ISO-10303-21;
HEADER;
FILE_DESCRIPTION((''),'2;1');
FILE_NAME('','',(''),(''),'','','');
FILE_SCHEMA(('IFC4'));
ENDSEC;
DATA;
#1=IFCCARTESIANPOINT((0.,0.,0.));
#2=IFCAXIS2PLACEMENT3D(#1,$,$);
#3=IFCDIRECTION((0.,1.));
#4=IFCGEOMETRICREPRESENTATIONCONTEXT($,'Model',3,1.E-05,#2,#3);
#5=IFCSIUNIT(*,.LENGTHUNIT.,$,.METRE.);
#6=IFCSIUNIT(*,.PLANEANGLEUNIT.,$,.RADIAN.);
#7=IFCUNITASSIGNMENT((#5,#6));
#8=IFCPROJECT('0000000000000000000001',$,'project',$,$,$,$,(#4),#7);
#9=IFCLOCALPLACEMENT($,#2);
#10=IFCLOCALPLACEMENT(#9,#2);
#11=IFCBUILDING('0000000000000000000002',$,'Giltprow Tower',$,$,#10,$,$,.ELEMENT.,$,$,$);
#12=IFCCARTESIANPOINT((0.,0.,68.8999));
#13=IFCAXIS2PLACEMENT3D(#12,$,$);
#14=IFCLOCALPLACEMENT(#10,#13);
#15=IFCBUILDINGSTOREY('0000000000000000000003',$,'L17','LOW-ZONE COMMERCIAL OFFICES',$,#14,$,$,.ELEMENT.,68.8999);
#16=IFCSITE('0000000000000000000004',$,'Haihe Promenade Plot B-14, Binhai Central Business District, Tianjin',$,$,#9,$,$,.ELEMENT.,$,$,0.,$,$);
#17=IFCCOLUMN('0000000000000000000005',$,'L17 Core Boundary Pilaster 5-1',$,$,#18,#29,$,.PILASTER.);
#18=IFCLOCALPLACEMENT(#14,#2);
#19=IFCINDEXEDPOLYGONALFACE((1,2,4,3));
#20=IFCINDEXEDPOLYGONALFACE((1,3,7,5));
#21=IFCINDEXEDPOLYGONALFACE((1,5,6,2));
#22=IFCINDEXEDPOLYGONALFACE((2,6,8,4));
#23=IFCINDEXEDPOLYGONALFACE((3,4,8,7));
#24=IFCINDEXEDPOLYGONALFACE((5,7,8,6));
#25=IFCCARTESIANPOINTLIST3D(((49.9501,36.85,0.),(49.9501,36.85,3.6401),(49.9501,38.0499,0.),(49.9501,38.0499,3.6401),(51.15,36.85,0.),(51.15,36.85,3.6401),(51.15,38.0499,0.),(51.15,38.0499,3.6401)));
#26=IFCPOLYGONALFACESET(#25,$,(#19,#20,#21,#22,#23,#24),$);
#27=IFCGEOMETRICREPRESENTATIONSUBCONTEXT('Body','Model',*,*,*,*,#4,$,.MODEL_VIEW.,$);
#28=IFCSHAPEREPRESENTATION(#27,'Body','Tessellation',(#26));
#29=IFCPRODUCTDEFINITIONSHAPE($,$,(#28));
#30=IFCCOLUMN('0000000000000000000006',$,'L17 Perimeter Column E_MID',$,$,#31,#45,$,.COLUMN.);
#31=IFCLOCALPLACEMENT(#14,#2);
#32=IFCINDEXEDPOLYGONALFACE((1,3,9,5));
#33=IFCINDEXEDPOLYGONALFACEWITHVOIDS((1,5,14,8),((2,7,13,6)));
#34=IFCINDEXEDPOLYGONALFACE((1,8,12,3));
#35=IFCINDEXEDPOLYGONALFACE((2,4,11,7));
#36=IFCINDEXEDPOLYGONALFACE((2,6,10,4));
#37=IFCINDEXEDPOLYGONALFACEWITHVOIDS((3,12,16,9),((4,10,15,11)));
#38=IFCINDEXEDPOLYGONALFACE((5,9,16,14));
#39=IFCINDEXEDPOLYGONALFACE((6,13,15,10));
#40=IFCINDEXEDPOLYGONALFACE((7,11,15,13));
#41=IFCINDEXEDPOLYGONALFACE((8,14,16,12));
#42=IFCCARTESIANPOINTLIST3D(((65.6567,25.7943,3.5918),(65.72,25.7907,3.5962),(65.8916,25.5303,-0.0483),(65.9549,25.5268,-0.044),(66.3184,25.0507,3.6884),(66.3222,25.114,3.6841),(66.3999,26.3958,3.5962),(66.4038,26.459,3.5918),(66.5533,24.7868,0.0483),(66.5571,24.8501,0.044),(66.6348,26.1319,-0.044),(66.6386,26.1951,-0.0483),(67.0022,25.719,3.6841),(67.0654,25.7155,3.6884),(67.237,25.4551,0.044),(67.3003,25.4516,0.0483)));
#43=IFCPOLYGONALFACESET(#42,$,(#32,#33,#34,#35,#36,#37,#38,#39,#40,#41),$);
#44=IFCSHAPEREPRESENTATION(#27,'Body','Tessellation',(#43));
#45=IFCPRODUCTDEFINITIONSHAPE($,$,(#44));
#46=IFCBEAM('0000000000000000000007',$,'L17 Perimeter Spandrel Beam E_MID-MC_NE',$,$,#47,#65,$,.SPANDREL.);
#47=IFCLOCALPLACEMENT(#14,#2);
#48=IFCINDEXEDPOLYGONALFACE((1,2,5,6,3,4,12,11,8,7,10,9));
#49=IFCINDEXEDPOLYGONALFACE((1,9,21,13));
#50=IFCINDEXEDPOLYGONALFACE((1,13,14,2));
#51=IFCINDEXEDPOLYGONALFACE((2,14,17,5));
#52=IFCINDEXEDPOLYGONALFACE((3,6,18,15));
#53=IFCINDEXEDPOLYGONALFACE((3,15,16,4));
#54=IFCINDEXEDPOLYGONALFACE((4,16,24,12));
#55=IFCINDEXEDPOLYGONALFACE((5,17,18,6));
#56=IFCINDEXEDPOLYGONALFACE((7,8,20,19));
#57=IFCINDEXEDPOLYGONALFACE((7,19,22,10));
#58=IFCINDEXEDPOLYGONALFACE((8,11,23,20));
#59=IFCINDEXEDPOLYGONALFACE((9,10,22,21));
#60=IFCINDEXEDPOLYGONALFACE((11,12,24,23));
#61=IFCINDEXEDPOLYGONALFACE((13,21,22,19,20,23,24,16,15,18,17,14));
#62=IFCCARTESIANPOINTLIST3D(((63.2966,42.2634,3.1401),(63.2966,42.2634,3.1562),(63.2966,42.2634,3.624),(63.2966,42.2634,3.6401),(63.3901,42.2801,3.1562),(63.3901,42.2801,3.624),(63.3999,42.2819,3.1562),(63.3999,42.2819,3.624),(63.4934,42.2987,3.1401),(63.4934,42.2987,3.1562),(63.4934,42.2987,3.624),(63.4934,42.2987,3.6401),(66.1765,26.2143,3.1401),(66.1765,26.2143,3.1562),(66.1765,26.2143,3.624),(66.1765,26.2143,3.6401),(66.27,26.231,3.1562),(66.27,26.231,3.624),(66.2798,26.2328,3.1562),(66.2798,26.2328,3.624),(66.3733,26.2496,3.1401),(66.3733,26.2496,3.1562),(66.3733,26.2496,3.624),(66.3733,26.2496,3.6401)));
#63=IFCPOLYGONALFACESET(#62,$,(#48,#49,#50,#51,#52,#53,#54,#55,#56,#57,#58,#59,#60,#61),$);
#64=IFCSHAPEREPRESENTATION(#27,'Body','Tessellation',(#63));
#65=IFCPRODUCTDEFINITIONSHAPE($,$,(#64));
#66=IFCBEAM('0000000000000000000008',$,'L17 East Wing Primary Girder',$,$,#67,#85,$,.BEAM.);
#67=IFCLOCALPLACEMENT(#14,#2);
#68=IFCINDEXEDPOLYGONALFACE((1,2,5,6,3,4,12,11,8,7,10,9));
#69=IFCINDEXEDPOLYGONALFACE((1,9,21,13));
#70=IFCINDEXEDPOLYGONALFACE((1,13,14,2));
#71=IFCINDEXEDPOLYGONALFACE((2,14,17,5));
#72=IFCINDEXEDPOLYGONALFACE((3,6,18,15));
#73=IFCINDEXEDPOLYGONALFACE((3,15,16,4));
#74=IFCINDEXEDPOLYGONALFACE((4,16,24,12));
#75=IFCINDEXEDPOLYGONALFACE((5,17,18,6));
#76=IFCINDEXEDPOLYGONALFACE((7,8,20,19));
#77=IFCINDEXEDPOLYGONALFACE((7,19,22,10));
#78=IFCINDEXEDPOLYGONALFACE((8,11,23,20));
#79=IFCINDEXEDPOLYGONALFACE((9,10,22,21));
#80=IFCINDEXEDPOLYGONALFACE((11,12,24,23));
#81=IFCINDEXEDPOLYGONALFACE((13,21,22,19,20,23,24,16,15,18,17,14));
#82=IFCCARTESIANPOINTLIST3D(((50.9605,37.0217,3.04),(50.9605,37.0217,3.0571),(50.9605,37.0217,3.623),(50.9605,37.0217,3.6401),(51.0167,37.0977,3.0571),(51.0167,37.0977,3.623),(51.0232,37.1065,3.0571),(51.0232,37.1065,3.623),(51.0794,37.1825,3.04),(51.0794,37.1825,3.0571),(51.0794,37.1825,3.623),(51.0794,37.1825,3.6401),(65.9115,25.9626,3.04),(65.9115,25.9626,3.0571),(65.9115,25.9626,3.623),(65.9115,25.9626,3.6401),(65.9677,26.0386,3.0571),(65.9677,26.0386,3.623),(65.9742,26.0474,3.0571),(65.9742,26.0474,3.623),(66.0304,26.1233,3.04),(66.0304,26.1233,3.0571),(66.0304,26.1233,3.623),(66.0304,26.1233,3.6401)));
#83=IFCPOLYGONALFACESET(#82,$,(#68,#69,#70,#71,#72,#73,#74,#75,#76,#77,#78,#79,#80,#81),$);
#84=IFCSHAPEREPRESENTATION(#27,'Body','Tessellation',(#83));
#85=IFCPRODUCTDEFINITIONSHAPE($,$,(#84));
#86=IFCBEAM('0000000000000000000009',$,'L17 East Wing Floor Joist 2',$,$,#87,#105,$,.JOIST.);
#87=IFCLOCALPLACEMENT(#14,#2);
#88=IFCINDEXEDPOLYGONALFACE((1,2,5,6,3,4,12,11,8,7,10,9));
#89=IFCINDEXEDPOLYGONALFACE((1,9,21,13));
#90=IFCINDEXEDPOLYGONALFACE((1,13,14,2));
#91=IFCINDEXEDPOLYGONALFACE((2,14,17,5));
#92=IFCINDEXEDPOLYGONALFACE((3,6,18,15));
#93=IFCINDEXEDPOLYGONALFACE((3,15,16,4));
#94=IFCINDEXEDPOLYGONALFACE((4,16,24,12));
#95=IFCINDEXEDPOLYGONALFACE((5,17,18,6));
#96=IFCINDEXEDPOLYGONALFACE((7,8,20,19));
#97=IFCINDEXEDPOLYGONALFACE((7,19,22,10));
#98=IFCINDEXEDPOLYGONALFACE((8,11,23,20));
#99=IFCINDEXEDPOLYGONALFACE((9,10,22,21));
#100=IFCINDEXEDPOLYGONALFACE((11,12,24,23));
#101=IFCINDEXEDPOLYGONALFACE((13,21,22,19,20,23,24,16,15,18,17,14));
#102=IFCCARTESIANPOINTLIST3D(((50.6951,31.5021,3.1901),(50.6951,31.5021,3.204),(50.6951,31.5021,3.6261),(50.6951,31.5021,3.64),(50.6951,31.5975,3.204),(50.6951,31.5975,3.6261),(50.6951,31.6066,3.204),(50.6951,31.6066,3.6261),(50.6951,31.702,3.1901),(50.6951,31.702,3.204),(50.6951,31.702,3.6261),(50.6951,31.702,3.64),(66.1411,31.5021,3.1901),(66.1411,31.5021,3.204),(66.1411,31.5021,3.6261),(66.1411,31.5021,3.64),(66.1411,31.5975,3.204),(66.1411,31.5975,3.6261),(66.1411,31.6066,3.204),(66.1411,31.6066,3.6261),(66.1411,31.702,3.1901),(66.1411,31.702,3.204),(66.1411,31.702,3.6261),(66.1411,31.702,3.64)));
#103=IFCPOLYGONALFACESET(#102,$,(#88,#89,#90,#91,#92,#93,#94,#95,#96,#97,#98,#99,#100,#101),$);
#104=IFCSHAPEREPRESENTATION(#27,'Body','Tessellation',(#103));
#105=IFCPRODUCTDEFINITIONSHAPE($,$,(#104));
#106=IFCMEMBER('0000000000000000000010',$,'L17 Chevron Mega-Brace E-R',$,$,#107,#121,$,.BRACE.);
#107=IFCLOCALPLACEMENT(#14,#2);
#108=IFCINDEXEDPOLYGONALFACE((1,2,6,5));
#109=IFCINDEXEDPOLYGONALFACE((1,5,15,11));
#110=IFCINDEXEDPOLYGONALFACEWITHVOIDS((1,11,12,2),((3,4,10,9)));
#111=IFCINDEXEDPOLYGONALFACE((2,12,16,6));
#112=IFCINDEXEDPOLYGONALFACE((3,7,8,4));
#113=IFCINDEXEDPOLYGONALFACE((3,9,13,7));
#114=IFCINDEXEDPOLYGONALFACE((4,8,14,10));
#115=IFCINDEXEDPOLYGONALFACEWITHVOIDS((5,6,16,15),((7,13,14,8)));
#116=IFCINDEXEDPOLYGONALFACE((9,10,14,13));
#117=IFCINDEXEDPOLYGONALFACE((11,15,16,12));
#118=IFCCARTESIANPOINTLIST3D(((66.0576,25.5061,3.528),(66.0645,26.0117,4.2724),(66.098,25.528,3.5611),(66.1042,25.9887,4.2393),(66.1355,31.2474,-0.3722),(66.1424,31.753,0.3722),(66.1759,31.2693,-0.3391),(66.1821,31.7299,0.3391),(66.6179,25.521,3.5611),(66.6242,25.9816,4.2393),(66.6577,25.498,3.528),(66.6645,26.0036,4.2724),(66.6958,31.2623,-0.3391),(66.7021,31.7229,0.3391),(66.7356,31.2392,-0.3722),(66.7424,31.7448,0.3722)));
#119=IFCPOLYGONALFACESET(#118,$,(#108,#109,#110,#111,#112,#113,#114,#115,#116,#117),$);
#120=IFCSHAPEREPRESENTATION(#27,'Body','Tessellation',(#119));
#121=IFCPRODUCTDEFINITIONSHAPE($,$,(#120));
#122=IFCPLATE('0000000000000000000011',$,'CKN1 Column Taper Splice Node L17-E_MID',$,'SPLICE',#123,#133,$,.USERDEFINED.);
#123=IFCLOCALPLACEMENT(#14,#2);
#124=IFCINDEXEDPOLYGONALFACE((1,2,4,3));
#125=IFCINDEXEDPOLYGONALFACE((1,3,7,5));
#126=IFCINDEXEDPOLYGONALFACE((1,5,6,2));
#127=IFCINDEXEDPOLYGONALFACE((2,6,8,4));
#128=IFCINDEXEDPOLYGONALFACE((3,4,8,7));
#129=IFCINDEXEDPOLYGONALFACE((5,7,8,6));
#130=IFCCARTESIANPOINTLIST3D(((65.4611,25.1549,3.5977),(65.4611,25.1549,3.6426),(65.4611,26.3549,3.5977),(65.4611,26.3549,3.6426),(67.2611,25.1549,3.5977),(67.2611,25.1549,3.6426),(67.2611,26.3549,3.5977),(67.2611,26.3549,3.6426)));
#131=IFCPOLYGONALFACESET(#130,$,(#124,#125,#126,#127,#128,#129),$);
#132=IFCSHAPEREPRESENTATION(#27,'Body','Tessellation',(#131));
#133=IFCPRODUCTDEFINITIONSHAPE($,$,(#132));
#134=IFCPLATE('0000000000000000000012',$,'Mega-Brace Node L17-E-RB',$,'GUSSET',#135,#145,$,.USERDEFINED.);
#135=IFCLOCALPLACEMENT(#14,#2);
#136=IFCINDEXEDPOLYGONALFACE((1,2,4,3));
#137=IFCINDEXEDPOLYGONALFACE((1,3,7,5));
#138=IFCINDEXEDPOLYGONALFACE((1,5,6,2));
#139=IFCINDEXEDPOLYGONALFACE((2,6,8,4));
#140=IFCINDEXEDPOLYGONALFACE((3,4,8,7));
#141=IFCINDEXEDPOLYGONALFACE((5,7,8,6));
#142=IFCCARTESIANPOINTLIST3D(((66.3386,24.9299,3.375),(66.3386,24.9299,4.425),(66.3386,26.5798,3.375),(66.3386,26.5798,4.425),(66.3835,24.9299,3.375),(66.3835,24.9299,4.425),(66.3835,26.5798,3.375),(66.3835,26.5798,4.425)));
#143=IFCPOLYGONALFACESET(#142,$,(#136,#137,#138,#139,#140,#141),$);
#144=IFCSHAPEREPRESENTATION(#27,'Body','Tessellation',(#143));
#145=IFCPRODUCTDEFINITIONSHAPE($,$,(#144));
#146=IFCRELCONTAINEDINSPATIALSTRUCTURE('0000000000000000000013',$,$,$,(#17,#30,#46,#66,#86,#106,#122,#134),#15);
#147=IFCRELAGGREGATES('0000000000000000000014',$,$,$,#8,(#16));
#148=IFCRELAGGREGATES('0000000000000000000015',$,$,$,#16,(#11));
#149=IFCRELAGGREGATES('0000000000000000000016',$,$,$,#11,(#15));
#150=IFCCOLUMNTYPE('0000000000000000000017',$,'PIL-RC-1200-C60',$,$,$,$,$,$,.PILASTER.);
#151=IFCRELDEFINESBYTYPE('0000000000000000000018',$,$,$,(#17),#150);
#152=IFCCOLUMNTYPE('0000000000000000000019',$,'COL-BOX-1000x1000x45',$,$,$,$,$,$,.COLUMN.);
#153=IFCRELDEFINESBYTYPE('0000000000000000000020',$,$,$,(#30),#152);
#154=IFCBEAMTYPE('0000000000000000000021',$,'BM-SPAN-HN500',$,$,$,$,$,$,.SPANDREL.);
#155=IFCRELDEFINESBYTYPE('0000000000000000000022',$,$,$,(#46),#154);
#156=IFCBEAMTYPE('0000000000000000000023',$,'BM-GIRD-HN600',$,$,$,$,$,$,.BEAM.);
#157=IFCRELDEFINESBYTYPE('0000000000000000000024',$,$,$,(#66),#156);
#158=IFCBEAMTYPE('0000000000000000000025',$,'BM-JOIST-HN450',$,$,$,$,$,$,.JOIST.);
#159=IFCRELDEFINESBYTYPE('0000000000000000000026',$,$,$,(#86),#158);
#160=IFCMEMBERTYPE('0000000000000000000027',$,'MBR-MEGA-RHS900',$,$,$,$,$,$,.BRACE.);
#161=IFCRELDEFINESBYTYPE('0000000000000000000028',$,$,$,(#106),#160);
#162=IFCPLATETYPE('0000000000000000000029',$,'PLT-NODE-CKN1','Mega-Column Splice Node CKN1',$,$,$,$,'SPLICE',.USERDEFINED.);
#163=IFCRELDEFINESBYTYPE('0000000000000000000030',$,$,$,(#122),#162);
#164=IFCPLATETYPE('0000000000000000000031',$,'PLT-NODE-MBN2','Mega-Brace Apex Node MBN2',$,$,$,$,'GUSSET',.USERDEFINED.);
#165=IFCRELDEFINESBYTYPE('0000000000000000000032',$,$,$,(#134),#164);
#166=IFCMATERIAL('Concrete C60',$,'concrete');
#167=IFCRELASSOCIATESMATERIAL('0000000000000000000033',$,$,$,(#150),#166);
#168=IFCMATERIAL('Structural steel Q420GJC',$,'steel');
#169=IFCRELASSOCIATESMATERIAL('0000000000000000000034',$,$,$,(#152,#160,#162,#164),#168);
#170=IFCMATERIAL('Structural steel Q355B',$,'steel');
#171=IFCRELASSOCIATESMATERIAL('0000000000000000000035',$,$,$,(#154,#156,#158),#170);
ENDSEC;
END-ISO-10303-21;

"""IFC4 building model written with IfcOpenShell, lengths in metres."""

from ifc_helpers import new_model, si_unit, direction, frame, origin, origin_2d, place, context, subcontext, project, spatial, rectangle, hollow_rectangle, i_section, extrude, source, transform, mapped, material, material_profile, profile_set, type_object, element, save


model = new_model("IFC4")

# Units and contexts
model_context = context("Model", 3, precision=1e-05, world=origin(), true_north=direction((0.0, 1.0)))
body_context = subcontext(model_context, "Body", "Model", "MODEL_VIEW")
ifc_project = project(units=[si_unit("LENGTHUNIT", "METRE"), si_unit("PLANEANGLEUNIT", "RADIAN")], contexts=[model_context])

# Site, building, storey
site_placement = place(None, origin())
site = spatial("IfcSite", under=ifc_project, at=site_placement, Name="Haihe Promenade Plot B-14, Binhai Central Business District, Tianjin", CompositionType="ELEMENT", RefElevation=0.0)
building_placement = place(site_placement, origin())
building = spatial("IfcBuilding", under=site, at=building_placement, Name="Giltprow Tower", CompositionType="ELEMENT")
storey_placement = place(building_placement, frame((0.0, 0.0, 68.8999)))
storey = spatial("IfcBuildingStorey", under=building, at=storey_placement, Name="L17", Description="LOW-ZONE COMMERCIAL OFFICES", CompositionType="ELEMENT", Elevation=68.8999)

# Columns
ifc_material_1 = material(Name="Concrete C60", Category="concrete")
ifc_material_profile_1 = material_profile(ifc_material_1, rectangle(XDim=1.2, YDim=1.2, at=origin_2d()), Name="RC 1200x1200")
ifc_profile_set_1 = profile_set([ifc_material_profile_1], Name="Concrete C60")
column_type_1 = type_object("IfcColumnType", Name="PIL-RC-1200-C60", PredefinedType="PILASTER", material=ifc_profile_set_1)
shared_shape_1 = source(origin(), body_context, "Body", "SweptSolid", [
    extrude(rectangle(XDim=1.2, YDim=1.2, at=origin_2d()), origin(), (0.0, 0.0, 1.0), 3.6401),
])
column_1_placement = place(storey_placement, frame((50.55, 37.45, 0.0), z_axis=(0.0, 0.0, 1.0), x_axis=(1.0, 0.0, 0.0)))
element("IfcColumn", 1, at=column_1_placement, inside=storey, type_object=column_type_1, Name="L17 Core Boundary Pilaster 5-1", PredefinedType="PILASTER", context=body_context, shape_type="MappedRepresentation", body=[
    mapped(shared_shape_1, transform((0.0, 0.0, 0.0), x_axis=(1.0, 0.0, 0.0), y_axis=(0.0, 1.0, 0.0), z_axis=(0.0, 0.0, 1.0), scale=1.0)),
])
ifc_material_2 = material(Name="Structural steel Q420GJC", Category="steel")
ifc_material_profile_2 = material_profile(ifc_material_2, hollow_rectangle(XDim=1.0, YDim=1.0, WallThickness=0.0449, at=origin_2d()), Name="BOX 1000x1000x45")
ifc_profile_set_2 = profile_set([ifc_material_profile_2], Name="Structural steel Q420GJC")
column_type_2 = type_object("IfcColumnType", Name="COL-BOX-1000x1000x45", PredefinedType="COLUMN", material=ifc_profile_set_2)
shared_shape_2 = source(origin(), body_context, "Body", "SweptSolid", [
    extrude(hollow_rectangle(XDim=1.0, YDim=1.0, WallThickness=0.0449, at=origin_2d()), origin(), (0.0, 0.0, 1.0), 3.6572),
])
column_2_placement = place(storey_placement, frame((66.5959, 25.491, 0.0), z_axis=(-0.064219, 0.072163, 0.995323), x_axis=(-0.747028, -0.664793, 0.0)))
element("IfcColumn", 2, at=column_2_placement, inside=storey, type_object=column_type_2, Name="L17 Perimeter Column E_MID", PredefinedType="COLUMN", context=body_context, shape_type="MappedRepresentation", body=[
    mapped(shared_shape_2, transform((0.0, 0.0, 0.0), x_axis=(1.0, 0.0, 0.0), y_axis=(0.0, 1.0, 0.0), z_axis=(0.0, 0.0, 1.0), scale=1.0)),
])

# Beams
ifc_material_3 = material(Name="Structural steel Q355B", Category="steel")
ifc_material_profile_3 = material_profile(ifc_material_3, i_section(OverallWidth=0.2, OverallDepth=0.5, WebThickness=0.01, FlangeThickness=0.0161, at=origin_2d()), Name="HN 500x200x10x16")
ifc_profile_set_3 = profile_set([ifc_material_profile_3], Name="Structural steel Q355B")
beam_type_1 = type_object("IfcBeamType", Name="BM-SPAN-HN500", PredefinedType="SPANDREL", material=ifc_profile_set_3)
shared_shape_3 = source(origin(), body_context, "Body", "SweptSolid", [
    extrude(i_section(OverallWidth=0.2, OverallDepth=0.5, WebThickness=0.01, FlangeThickness=0.0161, at=origin_2d()), origin(), (0.0, 0.0, 1.0), 16.3054),
])
beam_1_placement = place(storey_placement, frame((66.2749, 26.2319, 3.3901), z_axis=(-0.176621, 0.984279, 0.0), x_axis=(-0.984279, -0.176621, 0.0)))
element("IfcBeam", 3, at=beam_1_placement, inside=storey, type_object=beam_type_1, Name="L17 Perimeter Spandrel Beam E_MID-MC_NE", PredefinedType="SPANDREL", context=body_context, shape_type="MappedRepresentation", body=[
    mapped(shared_shape_3, transform((0.0, 0.0, 0.0), x_axis=(1.0, 0.0, 0.0), y_axis=(0.0, 1.0, 0.0), z_axis=(0.0, 0.0, 1.0), scale=1.0)),
])
ifc_material_profile_4 = material_profile(ifc_material_3, i_section(OverallWidth=0.2, OverallDepth=0.6001, WebThickness=0.011, FlangeThickness=0.0171, at=origin_2d()), Name="HN 600x200x11x17")
ifc_profile_set_4 = profile_set([ifc_material_profile_4], Name="Structural steel Q355B")
beam_type_2 = type_object("IfcBeamType", Name="BM-GIRD-HN600", PredefinedType="BEAM", material=ifc_profile_set_4)
shared_shape_4 = source(origin(), body_context, "Body", "SweptSolid", [
    extrude(i_section(OverallWidth=0.2, OverallDepth=0.6001, WebThickness=0.011, FlangeThickness=0.0171, at=origin_2d()), origin(), (0.0, 0.0, 1.0), 18.5967),
])
beam_2_placement = place(storey_placement, frame((65.9709, 26.043, 3.3401), z_axis=(-0.80396, 0.594683, 0.0), x_axis=(-0.594683, -0.80396, 0.0)))
element("IfcBeam", 4, at=beam_2_placement, inside=storey, type_object=beam_type_2, Name="L17 East Wing Primary Girder", PredefinedType="BEAM", context=body_context, shape_type="MappedRepresentation", body=[
    mapped(shared_shape_4, transform((0.0, 0.0, 0.0), x_axis=(1.0, 0.0, 0.0), y_axis=(0.0, 1.0, 0.0), z_axis=(0.0, 0.0, 1.0), scale=1.0)),
])
ifc_material_profile_5 = material_profile(ifc_material_3, i_section(OverallWidth=0.2, OverallDepth=0.45, WebThickness=0.009, FlangeThickness=0.0139, at=origin_2d()), Name="HN 450x200x9x14")
ifc_profile_set_5 = profile_set([ifc_material_profile_5], Name="Structural steel Q355B")
beam_type_3 = type_object("IfcBeamType", Name="BM-JOIST-HN450", PredefinedType="JOIST", material=ifc_profile_set_5)
shared_shape_5 = source(origin(), body_context, "Body", "SweptSolid", [
    extrude(i_section(OverallWidth=0.2, OverallDepth=0.45, WebThickness=0.009, FlangeThickness=0.0139, at=origin_2d()), origin(), (0.0, 0.0, 1.0), 15.446),
])
beam_3_placement = place(storey_placement, frame((50.6951, 31.6021, 3.415), z_axis=(1.0, 0.0, 0.0), x_axis=(0.0, 1.0, 0.0)))
element("IfcBeam", 5, at=beam_3_placement, inside=storey, type_object=beam_type_3, Name="L17 East Wing Floor Joist 2", PredefinedType="JOIST", context=body_context, shape_type="MappedRepresentation", body=[
    mapped(shared_shape_5, transform((0.0, 0.0, 0.0), x_axis=(1.0, 0.0, 0.0), y_axis=(0.0, 1.0, 0.0), z_axis=(0.0, 0.0, 1.0), scale=1.0)),
])

# Member
ifc_material_profile_6 = material_profile(ifc_material_2, hollow_rectangle(XDim=0.6001, YDim=0.8999, WallThickness=0.04, at=origin_2d()), Name="RHS 900x600x40")
ifc_profile_set_6 = profile_set([ifc_material_profile_6], Name="Structural steel Q420GJC")
member_type = type_object("IfcMemberType", Name="MBR-MEGA-RHS900", PredefinedType="BRACE", material=ifc_profile_set_6)
shared_shape_6 = source(origin(), body_context, "Body", "SweptSolid", [
    extrude(hollow_rectangle(XDim=0.6001, YDim=0.8999, WallThickness=0.04, at=origin_2d()), origin(), (0.0, 0.0, 1.0), 6.9412),
])
member_placement = place(storey_placement, frame((66.439, 31.4961, 0.0), z_axis=(-0.01122, -0.827134, 0.561893), x_axis=(0.999908, -0.013564, 0.0)))
element("IfcMember", 6, at=member_placement, inside=storey, type_object=member_type, Name="L17 Chevron Mega-Brace E-R", PredefinedType="BRACE", context=body_context, shape_type="MappedRepresentation", body=[
    mapped(shared_shape_6, transform((0.0, 0.0, 0.0), x_axis=(1.0, 0.0, 0.0), y_axis=(0.0, 1.0, 0.0), z_axis=(0.0, 0.0, 1.0), scale=1.0)),
])

# Plates
plate_type_1 = type_object("IfcPlateType", Name="PLT-NODE-CKN1", Description="Mega-Column Splice Node CKN1", ElementType="SPLICE", PredefinedType="USERDEFINED", material=ifc_material_2)
shared_shape_7 = source(origin(), body_context, "Body", "SweptSolid", [
    extrude(rectangle(XDim=1.8, YDim=1.2, at=origin_2d()), origin(), (0.0, 0.0, 1.0), 0.0449),
])
plate_1_placement = place(storey_placement, frame((66.3611, 25.7549, 3.5977), z_axis=(0.0, 0.0, 1.0), x_axis=(1.0, 0.0, 0.0)))
element("IfcPlate", 7, at=plate_1_placement, inside=storey, type_object=plate_type_1, Name="CKN1 Column Taper Splice Node L17-E_MID", ObjectType="SPLICE", PredefinedType="USERDEFINED", context=body_context, shape_type="MappedRepresentation", body=[
    mapped(shared_shape_7, transform((0.0, 0.0, 0.0), x_axis=(1.0, 0.0, 0.0), y_axis=(0.0, 1.0, 0.0), z_axis=(0.0, 0.0, 1.0), scale=1.0)),
])
plate_type_2 = type_object("IfcPlateType", Name="PLT-NODE-MBN2", Description="Mega-Brace Apex Node MBN2", ElementType="GUSSET", PredefinedType="USERDEFINED", material=ifc_material_2)
shared_shape_8 = source(origin(), body_context, "Body", "SweptSolid", [
    extrude(rectangle(XDim=1.6499, YDim=0.0449, at=origin_2d()), origin(), (0.0, 0.0, 1.0), 1.05),
])
plate_2_placement = place(storey_placement, frame((66.3611, 25.7549, 3.375), z_axis=(0.0, 0.0, 1.0), x_axis=(0.0, 1.0, 0.0)))
element("IfcPlate", 8, at=plate_2_placement, inside=storey, type_object=plate_type_2, Name="Mega-Brace Node L17-E-RB", ObjectType="GUSSET", PredefinedType="USERDEFINED", context=body_context, shape_type="MappedRepresentation", body=[
    mapped(shared_shape_8, transform((0.0, 0.0, 0.0), x_axis=(1.0, 0.0, 0.0), y_axis=(0.0, 1.0, 0.0), z_axis=(0.0, 0.0, 1.0), scale=1.0)),
])

save(model, "model.ifc")
